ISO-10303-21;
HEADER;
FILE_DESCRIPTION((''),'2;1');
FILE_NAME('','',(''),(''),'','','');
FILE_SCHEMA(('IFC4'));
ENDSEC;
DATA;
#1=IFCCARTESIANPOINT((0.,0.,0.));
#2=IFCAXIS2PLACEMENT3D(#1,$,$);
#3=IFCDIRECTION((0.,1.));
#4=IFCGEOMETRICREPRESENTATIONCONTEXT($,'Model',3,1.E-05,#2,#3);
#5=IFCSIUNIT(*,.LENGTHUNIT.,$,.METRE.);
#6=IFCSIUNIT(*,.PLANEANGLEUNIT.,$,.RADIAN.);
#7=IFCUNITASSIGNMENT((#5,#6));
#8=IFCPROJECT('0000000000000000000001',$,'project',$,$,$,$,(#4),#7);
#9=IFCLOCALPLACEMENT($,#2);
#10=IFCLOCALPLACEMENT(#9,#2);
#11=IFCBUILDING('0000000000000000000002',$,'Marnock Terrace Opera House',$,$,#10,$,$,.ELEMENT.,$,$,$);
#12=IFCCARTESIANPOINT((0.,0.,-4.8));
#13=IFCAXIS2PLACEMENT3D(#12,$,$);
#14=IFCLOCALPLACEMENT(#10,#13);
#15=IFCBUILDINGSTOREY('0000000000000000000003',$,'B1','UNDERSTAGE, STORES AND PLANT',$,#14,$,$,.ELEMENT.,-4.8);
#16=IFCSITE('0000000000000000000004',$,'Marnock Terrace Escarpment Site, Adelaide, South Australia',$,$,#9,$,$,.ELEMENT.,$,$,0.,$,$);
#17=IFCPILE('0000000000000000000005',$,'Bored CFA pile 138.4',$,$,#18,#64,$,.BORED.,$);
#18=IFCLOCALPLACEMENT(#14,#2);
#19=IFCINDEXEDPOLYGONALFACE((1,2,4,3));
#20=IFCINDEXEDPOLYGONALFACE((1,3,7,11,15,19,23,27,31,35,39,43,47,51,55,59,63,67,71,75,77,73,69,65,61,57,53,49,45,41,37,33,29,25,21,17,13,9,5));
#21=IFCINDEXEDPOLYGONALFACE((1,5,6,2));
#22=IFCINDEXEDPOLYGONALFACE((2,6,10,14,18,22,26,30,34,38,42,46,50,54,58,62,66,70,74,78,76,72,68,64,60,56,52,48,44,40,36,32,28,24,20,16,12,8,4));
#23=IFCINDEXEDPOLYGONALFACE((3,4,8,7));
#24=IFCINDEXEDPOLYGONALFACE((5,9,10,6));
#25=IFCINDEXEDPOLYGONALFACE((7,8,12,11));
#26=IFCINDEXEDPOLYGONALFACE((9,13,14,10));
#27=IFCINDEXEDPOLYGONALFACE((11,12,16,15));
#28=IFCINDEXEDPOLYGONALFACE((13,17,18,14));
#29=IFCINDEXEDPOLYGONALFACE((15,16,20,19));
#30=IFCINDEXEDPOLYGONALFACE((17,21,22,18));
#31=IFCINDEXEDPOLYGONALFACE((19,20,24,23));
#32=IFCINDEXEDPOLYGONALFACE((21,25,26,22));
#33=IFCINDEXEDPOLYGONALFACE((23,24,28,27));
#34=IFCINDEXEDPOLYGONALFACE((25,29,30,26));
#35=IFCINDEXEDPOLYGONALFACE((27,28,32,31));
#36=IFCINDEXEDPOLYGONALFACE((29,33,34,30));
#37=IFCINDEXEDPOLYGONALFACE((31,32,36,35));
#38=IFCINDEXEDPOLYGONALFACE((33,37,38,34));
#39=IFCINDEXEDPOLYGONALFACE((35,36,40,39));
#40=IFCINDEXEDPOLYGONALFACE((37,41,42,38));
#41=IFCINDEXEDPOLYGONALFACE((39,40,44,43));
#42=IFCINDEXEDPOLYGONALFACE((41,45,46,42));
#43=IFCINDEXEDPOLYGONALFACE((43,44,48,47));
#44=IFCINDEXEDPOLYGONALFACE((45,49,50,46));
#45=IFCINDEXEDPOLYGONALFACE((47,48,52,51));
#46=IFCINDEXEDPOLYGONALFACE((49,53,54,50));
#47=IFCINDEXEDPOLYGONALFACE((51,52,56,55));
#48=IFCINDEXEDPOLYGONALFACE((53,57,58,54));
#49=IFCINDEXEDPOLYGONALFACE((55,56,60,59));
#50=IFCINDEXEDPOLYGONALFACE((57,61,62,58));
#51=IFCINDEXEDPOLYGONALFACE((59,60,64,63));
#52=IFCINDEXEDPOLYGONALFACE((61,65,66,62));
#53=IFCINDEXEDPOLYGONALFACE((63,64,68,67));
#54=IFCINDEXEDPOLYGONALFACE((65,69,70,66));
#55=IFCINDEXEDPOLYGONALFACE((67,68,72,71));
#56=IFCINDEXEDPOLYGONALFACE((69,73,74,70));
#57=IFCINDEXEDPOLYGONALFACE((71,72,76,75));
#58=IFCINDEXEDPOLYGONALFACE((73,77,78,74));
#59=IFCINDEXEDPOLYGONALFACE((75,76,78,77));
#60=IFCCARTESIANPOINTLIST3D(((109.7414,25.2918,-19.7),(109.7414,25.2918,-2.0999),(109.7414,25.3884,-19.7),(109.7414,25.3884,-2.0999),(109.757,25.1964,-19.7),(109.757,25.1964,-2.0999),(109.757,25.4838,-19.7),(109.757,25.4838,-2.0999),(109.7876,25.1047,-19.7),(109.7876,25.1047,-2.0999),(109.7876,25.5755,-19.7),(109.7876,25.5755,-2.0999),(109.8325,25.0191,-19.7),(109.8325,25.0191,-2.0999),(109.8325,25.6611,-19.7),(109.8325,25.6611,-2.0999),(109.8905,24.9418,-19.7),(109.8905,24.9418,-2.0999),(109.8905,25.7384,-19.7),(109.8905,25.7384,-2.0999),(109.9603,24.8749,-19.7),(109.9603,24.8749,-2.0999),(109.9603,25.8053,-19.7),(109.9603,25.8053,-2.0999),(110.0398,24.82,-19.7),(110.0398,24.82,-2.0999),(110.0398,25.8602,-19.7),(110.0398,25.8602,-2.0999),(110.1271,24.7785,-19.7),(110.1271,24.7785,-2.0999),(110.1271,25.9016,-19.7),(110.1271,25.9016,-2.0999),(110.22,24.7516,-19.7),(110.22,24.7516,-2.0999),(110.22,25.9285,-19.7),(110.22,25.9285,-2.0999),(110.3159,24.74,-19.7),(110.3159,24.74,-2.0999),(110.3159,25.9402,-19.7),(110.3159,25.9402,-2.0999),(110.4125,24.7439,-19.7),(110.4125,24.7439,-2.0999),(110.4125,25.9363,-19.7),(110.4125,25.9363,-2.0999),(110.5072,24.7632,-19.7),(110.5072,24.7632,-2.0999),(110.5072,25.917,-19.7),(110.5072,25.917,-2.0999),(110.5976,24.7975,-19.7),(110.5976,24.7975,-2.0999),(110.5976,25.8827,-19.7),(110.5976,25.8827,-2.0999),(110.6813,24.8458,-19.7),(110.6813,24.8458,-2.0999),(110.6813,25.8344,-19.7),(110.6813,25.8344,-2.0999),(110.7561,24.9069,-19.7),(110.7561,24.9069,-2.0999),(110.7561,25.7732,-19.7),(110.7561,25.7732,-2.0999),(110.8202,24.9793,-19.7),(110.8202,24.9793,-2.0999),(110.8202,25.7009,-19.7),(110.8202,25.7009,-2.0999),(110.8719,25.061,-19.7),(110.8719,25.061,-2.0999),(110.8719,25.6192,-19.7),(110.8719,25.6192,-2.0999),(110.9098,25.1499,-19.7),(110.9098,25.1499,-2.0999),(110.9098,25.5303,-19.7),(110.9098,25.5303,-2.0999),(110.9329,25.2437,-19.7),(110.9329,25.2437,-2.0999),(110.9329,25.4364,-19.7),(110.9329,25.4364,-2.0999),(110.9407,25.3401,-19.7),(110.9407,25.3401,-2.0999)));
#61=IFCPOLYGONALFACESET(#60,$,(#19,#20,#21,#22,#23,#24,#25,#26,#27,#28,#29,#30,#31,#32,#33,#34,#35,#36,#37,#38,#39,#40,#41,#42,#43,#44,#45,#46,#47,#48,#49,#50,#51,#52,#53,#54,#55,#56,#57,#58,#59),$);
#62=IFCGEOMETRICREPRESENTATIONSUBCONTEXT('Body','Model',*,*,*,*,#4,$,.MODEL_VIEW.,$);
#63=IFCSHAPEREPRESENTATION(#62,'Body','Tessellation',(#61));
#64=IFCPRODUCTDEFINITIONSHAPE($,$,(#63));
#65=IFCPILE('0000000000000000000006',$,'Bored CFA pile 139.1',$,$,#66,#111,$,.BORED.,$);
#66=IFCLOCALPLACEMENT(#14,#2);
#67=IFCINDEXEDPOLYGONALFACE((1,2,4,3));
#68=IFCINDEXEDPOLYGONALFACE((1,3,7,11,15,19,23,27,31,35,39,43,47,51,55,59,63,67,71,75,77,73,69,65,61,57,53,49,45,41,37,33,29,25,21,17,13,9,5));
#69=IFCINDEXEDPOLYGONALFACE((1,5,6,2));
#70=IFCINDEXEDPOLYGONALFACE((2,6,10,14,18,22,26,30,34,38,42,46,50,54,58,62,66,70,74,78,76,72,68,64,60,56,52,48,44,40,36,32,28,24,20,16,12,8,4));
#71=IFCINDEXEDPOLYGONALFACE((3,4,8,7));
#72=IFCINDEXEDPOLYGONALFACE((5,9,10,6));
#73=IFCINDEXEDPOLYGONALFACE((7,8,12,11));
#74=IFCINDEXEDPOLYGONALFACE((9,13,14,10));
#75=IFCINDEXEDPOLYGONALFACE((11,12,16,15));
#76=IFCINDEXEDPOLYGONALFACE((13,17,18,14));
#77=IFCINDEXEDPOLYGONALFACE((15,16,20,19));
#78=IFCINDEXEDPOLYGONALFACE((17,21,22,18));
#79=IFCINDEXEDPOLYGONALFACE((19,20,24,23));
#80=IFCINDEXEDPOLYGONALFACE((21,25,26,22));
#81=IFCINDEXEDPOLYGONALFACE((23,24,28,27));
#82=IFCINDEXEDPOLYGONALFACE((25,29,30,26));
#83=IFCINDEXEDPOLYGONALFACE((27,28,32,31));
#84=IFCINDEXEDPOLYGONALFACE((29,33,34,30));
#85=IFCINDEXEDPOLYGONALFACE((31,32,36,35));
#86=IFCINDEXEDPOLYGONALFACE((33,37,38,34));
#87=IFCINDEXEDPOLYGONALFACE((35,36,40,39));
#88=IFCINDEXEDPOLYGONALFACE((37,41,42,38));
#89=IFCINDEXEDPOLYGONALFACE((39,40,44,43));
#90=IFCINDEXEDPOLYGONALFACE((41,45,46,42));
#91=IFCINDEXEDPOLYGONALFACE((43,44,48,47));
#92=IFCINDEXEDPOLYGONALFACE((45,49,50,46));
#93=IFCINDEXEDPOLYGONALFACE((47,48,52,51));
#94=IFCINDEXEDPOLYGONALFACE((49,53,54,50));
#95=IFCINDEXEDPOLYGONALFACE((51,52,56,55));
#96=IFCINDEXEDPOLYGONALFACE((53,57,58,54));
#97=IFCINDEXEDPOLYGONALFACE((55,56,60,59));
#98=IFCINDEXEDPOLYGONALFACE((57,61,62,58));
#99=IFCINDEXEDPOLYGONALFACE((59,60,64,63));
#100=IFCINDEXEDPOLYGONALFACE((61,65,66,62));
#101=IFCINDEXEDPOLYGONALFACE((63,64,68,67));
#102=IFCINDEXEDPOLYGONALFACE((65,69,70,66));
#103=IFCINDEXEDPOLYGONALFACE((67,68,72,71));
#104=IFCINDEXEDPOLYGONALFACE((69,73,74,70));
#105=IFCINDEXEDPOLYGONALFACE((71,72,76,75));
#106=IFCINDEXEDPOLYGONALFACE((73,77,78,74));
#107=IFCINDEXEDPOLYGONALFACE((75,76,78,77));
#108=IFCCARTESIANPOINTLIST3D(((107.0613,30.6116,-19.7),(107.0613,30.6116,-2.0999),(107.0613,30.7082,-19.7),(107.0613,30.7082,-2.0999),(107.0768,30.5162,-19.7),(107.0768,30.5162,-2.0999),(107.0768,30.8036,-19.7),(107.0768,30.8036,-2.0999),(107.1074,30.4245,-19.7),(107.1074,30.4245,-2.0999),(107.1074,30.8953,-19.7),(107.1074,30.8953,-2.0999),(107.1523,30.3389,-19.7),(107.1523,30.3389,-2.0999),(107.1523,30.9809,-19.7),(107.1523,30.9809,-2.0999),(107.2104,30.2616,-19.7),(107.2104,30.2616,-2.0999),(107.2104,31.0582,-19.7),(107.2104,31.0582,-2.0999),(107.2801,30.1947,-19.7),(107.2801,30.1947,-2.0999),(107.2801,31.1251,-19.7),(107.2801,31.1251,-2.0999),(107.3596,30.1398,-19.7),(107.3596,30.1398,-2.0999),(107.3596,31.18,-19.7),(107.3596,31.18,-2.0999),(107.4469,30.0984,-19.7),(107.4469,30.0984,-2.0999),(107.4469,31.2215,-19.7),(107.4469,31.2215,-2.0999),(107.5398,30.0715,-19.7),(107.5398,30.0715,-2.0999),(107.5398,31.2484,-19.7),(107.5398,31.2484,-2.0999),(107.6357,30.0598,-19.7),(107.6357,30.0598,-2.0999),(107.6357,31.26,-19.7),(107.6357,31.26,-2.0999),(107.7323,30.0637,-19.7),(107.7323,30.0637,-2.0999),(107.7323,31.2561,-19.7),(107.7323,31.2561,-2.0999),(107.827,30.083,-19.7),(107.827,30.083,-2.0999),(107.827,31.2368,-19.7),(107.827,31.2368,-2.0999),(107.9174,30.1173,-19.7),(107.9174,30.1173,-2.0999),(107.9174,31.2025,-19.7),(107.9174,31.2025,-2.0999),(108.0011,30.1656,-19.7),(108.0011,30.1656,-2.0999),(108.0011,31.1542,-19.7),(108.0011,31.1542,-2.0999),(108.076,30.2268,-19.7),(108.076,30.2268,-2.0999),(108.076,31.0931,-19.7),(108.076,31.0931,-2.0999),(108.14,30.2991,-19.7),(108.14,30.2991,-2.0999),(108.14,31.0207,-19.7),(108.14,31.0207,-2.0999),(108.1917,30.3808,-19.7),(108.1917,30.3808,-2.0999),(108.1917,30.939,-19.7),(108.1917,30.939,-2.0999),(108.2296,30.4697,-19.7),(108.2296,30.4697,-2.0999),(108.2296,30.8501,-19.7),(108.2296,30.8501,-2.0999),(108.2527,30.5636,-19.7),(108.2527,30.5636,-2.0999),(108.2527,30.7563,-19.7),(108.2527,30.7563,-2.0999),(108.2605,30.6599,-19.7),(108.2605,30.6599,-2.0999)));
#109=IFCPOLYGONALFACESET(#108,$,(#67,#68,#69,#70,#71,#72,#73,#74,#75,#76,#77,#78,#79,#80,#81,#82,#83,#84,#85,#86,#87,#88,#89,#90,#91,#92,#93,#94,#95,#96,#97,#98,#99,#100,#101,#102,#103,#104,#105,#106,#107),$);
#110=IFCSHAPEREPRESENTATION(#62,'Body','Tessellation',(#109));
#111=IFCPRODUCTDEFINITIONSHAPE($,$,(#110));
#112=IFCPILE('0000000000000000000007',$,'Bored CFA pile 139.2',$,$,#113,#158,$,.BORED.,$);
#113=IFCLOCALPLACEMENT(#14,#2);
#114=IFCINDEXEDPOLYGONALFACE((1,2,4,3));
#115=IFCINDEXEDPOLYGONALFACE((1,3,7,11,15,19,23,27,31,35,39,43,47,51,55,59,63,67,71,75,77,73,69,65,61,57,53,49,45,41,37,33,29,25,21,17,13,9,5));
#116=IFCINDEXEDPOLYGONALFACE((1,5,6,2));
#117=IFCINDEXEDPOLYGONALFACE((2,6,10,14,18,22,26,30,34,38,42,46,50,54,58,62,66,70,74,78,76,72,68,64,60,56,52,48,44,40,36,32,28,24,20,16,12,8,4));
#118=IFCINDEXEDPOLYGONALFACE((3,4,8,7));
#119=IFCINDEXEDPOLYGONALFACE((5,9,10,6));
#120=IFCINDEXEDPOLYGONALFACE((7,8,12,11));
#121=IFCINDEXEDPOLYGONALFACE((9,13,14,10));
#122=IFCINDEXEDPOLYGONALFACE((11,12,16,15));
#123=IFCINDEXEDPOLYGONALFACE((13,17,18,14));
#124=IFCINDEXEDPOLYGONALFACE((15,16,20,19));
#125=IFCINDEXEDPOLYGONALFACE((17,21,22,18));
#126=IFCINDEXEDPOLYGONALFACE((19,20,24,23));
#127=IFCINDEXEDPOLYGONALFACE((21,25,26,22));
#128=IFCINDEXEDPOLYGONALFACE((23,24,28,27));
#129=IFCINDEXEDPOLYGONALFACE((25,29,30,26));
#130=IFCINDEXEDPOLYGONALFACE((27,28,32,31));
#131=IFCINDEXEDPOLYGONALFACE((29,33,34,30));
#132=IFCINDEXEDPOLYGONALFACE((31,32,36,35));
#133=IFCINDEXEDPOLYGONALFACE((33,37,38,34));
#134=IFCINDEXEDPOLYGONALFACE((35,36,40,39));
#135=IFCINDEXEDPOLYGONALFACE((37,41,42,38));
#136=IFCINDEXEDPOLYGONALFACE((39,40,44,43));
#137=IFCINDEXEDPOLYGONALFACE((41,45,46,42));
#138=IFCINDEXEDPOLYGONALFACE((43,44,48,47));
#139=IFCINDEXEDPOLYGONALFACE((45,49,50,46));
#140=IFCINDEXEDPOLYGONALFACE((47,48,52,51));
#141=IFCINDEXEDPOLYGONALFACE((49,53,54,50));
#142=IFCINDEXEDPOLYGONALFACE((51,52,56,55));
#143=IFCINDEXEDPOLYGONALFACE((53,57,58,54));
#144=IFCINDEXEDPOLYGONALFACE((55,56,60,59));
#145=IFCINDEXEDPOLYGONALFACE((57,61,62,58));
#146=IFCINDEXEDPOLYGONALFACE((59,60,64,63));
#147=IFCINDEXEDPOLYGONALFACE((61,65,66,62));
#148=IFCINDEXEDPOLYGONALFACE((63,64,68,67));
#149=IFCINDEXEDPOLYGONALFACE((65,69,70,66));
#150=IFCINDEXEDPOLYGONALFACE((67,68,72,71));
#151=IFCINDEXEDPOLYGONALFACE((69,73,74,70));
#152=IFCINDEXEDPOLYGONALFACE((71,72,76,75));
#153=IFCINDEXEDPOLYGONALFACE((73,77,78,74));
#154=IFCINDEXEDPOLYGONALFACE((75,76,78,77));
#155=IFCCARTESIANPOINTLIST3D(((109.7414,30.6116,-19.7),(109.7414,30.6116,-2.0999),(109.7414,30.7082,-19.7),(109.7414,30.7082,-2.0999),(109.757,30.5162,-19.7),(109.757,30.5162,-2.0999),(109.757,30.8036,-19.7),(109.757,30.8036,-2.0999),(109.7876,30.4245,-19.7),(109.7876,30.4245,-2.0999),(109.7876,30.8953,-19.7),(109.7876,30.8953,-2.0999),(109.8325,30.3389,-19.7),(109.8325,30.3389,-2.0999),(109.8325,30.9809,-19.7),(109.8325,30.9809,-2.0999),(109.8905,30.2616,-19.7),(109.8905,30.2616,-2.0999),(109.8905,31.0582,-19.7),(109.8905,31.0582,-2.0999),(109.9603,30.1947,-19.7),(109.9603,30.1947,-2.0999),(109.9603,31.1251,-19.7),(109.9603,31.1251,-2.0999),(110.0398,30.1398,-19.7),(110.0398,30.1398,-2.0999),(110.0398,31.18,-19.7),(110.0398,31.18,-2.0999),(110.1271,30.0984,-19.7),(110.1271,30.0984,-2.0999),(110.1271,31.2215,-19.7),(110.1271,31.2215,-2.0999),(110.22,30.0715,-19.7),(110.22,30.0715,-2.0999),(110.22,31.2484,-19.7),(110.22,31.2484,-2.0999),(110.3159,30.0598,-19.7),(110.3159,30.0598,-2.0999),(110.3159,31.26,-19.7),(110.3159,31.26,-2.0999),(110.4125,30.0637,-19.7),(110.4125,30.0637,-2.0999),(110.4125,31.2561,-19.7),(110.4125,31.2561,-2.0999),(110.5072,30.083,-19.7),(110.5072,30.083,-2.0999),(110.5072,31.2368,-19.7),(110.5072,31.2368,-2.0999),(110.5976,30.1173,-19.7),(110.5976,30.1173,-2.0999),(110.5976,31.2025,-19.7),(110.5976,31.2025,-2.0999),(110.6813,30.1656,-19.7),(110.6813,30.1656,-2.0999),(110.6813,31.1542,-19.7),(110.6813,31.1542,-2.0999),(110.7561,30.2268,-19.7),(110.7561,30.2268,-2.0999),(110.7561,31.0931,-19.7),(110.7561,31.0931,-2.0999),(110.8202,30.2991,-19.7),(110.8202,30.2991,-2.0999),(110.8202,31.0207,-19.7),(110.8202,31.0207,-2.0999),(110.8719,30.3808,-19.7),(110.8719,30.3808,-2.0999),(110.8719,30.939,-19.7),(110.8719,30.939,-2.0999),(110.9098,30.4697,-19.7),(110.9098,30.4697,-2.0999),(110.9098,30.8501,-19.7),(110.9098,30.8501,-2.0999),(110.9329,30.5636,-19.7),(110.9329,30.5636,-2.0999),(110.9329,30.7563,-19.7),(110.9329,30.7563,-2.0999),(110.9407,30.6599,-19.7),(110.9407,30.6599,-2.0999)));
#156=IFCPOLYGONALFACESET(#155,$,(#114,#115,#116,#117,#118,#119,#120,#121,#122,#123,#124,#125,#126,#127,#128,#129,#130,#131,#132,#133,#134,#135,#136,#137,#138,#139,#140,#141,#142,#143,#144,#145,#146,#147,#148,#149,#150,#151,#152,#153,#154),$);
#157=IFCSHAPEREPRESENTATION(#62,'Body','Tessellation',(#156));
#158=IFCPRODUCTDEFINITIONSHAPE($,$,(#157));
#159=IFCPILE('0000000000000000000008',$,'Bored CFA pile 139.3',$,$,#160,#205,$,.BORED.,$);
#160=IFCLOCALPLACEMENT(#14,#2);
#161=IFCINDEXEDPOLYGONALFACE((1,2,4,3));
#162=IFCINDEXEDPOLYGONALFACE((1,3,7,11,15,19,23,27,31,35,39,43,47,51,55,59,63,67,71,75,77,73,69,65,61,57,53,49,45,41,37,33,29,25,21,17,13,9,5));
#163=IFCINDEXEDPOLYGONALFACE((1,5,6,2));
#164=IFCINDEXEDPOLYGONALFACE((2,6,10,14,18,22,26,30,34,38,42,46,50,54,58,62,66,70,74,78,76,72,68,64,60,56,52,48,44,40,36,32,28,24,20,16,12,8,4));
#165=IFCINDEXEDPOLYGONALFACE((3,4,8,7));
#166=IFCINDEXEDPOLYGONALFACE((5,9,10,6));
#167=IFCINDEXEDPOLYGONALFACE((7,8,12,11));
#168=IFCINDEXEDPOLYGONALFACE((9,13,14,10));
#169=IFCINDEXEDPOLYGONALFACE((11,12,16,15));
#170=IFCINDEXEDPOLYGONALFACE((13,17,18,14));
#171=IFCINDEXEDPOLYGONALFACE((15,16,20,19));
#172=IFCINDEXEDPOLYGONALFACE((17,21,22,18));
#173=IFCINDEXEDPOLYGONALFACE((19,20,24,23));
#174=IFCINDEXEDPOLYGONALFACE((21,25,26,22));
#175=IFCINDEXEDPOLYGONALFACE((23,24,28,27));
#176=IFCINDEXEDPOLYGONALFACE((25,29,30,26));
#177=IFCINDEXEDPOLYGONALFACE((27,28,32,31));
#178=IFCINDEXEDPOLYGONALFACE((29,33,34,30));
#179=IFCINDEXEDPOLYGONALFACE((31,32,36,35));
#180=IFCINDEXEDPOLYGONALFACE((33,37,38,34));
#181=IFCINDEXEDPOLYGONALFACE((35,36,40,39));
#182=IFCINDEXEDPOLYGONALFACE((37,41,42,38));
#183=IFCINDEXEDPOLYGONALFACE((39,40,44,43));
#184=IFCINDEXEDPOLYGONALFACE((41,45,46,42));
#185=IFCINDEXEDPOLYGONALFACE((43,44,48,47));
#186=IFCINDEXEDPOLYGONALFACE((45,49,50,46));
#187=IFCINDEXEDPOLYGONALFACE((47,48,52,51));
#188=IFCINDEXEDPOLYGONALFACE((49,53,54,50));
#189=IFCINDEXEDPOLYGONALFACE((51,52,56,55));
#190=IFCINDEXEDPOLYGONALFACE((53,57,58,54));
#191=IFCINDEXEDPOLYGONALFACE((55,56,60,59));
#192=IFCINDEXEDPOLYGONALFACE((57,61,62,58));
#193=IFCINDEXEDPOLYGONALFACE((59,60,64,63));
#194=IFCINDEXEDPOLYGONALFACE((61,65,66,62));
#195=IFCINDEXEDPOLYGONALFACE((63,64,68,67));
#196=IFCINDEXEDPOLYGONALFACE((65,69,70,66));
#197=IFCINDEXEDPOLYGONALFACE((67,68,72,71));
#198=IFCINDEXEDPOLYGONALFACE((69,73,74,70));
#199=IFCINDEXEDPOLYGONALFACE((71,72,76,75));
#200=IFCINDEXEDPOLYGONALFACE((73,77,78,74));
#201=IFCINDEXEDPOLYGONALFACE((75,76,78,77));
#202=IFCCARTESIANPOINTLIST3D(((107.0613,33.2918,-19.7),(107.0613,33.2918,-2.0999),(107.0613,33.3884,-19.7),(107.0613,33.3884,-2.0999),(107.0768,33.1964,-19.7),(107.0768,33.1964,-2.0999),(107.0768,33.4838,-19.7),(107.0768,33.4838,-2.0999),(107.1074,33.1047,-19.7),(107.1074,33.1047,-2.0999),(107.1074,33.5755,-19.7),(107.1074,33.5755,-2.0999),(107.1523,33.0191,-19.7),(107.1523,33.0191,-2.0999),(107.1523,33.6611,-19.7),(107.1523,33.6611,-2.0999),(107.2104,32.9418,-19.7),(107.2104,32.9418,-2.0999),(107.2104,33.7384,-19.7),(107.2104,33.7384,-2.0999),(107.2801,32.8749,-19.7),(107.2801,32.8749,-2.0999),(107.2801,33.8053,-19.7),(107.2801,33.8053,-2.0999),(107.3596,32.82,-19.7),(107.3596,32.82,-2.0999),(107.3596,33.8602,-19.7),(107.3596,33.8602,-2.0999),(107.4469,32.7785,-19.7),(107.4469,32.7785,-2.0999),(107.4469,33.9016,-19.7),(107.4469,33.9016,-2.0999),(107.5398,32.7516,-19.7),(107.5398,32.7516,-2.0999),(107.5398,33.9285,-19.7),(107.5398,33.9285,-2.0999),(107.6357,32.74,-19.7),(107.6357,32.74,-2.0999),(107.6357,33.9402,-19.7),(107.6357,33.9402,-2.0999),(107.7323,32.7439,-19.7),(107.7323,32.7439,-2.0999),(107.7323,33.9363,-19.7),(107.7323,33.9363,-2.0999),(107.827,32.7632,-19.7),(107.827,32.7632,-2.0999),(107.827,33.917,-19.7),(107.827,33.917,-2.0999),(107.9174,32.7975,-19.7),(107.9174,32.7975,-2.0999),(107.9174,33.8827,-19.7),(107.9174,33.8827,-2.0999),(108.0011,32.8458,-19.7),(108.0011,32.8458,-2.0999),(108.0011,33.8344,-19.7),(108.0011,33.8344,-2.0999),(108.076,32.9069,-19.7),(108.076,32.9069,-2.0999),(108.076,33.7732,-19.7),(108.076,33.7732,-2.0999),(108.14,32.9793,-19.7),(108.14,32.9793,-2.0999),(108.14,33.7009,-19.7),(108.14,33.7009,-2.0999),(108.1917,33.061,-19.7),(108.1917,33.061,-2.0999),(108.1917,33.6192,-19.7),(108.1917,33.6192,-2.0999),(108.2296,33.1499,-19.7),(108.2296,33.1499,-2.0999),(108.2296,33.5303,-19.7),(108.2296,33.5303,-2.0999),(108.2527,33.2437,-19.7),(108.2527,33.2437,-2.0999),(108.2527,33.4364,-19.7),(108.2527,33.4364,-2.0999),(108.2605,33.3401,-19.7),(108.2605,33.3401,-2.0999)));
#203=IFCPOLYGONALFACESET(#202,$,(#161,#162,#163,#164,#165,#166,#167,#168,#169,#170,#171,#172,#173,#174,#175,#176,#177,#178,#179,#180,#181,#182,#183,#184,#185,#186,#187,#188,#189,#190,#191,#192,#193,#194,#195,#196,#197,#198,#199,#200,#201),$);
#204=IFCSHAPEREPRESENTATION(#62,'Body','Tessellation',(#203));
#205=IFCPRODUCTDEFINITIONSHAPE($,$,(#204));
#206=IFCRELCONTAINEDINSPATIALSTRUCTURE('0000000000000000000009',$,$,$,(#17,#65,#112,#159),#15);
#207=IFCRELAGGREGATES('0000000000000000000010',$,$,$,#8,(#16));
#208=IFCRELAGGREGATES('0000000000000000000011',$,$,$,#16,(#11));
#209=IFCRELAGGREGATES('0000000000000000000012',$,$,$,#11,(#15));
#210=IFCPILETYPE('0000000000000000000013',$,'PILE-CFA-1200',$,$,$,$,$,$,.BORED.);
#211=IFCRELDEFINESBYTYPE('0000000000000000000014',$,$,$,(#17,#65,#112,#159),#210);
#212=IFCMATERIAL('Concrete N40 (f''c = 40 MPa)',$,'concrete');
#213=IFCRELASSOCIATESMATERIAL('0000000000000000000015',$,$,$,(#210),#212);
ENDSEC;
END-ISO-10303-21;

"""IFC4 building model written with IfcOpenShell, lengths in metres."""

from ifc_helpers import new_model, si_unit, direction, frame, origin, origin_2d, place, context, subcontext, project, spatial, circle, extrude, material, material_profile, profile_set, type_object, element, save


model = new_model("IFC4")

# Units and contexts
model_context = context("Model", 3, precision=1e-05, world=origin(), true_north=direction((0.0, 1.0)))
body_context = subcontext(model_context, "Body", "Model", "MODEL_VIEW")
ifc_project = project(units=[si_unit("LENGTHUNIT", "METRE"), si_unit("PLANEANGLEUNIT", "RADIAN")], contexts=[model_context])

# Site, building, storey
site_placement = place(None, origin())
site = spatial("IfcSite", under=ifc_project, at=site_placement, Name="Marnock Terrace Escarpment Site, Adelaide, South Australia", CompositionType="ELEMENT", RefElevation=0.0)
building_placement = place(site_placement, origin())
building = spatial("IfcBuilding", under=site, at=building_placement, Name="Marnock Terrace Opera House", CompositionType="ELEMENT")
storey_placement = place(building_placement, frame((0.0, 0.0, -4.8)))
storey = spatial("IfcBuildingStorey", under=building, at=storey_placement, Name="B1", Description="UNDERSTAGE, STORES AND PLANT", CompositionType="ELEMENT", Elevation=-4.8)

# Shared definitions
ifc_material_1 = material(Name="Concrete N40 (f'c = 40 MPa)", Category="concrete")

# Piles
ifc_material_profile_1 = material_profile(ifc_material_1, circle(Radius=0.6006, at=origin_2d()))
ifc_profile_set_1 = profile_set([ifc_material_profile_1], Name="Concrete N40 (f'c = 40 MPa)")
pile_type = type_object("IfcPileType", Name="PILE-CFA-1200", PredefinedType="BORED", material=ifc_profile_set_1)
for number, where, z_axis, x_axis, name in (
    (1, (110.3401, 25.3401, -2.0999), (0.0, 0.0, -1.0), (1.0, 0.0, 0.0), "Bored CFA pile 138.4"),
    (2, (107.6599, 30.6599, -2.0999), (0.0, 0.0, -1.0), (1.0, 0.0, 0.0), "Bored CFA pile 139.1"),
    (3, (110.3401, 30.6599, -2.0999), (0.0, 0.0, -1.0), (1.0, 0.0, 0.0), "Bored CFA pile 139.2"),
    (4, (107.6599, 33.3401, -2.0999), (0.0, 0.0, -1.0), (1.0, 0.0, 0.0), "Bored CFA pile 139.3"),
):
    element("IfcPile", number, at=place(storey_placement, frame(where, z_axis=z_axis, x_axis=x_axis)), inside=storey, type_object=pile_type, Name=name, PredefinedType="BORED", context=body_context, shape_type="SweptSolid", body=[
        extrude(circle(Radius=0.6006, at=origin_2d()), origin(), (0.0, 0.0, 1.0), 17.6001),
    ])

save(model, "model.ifc")
